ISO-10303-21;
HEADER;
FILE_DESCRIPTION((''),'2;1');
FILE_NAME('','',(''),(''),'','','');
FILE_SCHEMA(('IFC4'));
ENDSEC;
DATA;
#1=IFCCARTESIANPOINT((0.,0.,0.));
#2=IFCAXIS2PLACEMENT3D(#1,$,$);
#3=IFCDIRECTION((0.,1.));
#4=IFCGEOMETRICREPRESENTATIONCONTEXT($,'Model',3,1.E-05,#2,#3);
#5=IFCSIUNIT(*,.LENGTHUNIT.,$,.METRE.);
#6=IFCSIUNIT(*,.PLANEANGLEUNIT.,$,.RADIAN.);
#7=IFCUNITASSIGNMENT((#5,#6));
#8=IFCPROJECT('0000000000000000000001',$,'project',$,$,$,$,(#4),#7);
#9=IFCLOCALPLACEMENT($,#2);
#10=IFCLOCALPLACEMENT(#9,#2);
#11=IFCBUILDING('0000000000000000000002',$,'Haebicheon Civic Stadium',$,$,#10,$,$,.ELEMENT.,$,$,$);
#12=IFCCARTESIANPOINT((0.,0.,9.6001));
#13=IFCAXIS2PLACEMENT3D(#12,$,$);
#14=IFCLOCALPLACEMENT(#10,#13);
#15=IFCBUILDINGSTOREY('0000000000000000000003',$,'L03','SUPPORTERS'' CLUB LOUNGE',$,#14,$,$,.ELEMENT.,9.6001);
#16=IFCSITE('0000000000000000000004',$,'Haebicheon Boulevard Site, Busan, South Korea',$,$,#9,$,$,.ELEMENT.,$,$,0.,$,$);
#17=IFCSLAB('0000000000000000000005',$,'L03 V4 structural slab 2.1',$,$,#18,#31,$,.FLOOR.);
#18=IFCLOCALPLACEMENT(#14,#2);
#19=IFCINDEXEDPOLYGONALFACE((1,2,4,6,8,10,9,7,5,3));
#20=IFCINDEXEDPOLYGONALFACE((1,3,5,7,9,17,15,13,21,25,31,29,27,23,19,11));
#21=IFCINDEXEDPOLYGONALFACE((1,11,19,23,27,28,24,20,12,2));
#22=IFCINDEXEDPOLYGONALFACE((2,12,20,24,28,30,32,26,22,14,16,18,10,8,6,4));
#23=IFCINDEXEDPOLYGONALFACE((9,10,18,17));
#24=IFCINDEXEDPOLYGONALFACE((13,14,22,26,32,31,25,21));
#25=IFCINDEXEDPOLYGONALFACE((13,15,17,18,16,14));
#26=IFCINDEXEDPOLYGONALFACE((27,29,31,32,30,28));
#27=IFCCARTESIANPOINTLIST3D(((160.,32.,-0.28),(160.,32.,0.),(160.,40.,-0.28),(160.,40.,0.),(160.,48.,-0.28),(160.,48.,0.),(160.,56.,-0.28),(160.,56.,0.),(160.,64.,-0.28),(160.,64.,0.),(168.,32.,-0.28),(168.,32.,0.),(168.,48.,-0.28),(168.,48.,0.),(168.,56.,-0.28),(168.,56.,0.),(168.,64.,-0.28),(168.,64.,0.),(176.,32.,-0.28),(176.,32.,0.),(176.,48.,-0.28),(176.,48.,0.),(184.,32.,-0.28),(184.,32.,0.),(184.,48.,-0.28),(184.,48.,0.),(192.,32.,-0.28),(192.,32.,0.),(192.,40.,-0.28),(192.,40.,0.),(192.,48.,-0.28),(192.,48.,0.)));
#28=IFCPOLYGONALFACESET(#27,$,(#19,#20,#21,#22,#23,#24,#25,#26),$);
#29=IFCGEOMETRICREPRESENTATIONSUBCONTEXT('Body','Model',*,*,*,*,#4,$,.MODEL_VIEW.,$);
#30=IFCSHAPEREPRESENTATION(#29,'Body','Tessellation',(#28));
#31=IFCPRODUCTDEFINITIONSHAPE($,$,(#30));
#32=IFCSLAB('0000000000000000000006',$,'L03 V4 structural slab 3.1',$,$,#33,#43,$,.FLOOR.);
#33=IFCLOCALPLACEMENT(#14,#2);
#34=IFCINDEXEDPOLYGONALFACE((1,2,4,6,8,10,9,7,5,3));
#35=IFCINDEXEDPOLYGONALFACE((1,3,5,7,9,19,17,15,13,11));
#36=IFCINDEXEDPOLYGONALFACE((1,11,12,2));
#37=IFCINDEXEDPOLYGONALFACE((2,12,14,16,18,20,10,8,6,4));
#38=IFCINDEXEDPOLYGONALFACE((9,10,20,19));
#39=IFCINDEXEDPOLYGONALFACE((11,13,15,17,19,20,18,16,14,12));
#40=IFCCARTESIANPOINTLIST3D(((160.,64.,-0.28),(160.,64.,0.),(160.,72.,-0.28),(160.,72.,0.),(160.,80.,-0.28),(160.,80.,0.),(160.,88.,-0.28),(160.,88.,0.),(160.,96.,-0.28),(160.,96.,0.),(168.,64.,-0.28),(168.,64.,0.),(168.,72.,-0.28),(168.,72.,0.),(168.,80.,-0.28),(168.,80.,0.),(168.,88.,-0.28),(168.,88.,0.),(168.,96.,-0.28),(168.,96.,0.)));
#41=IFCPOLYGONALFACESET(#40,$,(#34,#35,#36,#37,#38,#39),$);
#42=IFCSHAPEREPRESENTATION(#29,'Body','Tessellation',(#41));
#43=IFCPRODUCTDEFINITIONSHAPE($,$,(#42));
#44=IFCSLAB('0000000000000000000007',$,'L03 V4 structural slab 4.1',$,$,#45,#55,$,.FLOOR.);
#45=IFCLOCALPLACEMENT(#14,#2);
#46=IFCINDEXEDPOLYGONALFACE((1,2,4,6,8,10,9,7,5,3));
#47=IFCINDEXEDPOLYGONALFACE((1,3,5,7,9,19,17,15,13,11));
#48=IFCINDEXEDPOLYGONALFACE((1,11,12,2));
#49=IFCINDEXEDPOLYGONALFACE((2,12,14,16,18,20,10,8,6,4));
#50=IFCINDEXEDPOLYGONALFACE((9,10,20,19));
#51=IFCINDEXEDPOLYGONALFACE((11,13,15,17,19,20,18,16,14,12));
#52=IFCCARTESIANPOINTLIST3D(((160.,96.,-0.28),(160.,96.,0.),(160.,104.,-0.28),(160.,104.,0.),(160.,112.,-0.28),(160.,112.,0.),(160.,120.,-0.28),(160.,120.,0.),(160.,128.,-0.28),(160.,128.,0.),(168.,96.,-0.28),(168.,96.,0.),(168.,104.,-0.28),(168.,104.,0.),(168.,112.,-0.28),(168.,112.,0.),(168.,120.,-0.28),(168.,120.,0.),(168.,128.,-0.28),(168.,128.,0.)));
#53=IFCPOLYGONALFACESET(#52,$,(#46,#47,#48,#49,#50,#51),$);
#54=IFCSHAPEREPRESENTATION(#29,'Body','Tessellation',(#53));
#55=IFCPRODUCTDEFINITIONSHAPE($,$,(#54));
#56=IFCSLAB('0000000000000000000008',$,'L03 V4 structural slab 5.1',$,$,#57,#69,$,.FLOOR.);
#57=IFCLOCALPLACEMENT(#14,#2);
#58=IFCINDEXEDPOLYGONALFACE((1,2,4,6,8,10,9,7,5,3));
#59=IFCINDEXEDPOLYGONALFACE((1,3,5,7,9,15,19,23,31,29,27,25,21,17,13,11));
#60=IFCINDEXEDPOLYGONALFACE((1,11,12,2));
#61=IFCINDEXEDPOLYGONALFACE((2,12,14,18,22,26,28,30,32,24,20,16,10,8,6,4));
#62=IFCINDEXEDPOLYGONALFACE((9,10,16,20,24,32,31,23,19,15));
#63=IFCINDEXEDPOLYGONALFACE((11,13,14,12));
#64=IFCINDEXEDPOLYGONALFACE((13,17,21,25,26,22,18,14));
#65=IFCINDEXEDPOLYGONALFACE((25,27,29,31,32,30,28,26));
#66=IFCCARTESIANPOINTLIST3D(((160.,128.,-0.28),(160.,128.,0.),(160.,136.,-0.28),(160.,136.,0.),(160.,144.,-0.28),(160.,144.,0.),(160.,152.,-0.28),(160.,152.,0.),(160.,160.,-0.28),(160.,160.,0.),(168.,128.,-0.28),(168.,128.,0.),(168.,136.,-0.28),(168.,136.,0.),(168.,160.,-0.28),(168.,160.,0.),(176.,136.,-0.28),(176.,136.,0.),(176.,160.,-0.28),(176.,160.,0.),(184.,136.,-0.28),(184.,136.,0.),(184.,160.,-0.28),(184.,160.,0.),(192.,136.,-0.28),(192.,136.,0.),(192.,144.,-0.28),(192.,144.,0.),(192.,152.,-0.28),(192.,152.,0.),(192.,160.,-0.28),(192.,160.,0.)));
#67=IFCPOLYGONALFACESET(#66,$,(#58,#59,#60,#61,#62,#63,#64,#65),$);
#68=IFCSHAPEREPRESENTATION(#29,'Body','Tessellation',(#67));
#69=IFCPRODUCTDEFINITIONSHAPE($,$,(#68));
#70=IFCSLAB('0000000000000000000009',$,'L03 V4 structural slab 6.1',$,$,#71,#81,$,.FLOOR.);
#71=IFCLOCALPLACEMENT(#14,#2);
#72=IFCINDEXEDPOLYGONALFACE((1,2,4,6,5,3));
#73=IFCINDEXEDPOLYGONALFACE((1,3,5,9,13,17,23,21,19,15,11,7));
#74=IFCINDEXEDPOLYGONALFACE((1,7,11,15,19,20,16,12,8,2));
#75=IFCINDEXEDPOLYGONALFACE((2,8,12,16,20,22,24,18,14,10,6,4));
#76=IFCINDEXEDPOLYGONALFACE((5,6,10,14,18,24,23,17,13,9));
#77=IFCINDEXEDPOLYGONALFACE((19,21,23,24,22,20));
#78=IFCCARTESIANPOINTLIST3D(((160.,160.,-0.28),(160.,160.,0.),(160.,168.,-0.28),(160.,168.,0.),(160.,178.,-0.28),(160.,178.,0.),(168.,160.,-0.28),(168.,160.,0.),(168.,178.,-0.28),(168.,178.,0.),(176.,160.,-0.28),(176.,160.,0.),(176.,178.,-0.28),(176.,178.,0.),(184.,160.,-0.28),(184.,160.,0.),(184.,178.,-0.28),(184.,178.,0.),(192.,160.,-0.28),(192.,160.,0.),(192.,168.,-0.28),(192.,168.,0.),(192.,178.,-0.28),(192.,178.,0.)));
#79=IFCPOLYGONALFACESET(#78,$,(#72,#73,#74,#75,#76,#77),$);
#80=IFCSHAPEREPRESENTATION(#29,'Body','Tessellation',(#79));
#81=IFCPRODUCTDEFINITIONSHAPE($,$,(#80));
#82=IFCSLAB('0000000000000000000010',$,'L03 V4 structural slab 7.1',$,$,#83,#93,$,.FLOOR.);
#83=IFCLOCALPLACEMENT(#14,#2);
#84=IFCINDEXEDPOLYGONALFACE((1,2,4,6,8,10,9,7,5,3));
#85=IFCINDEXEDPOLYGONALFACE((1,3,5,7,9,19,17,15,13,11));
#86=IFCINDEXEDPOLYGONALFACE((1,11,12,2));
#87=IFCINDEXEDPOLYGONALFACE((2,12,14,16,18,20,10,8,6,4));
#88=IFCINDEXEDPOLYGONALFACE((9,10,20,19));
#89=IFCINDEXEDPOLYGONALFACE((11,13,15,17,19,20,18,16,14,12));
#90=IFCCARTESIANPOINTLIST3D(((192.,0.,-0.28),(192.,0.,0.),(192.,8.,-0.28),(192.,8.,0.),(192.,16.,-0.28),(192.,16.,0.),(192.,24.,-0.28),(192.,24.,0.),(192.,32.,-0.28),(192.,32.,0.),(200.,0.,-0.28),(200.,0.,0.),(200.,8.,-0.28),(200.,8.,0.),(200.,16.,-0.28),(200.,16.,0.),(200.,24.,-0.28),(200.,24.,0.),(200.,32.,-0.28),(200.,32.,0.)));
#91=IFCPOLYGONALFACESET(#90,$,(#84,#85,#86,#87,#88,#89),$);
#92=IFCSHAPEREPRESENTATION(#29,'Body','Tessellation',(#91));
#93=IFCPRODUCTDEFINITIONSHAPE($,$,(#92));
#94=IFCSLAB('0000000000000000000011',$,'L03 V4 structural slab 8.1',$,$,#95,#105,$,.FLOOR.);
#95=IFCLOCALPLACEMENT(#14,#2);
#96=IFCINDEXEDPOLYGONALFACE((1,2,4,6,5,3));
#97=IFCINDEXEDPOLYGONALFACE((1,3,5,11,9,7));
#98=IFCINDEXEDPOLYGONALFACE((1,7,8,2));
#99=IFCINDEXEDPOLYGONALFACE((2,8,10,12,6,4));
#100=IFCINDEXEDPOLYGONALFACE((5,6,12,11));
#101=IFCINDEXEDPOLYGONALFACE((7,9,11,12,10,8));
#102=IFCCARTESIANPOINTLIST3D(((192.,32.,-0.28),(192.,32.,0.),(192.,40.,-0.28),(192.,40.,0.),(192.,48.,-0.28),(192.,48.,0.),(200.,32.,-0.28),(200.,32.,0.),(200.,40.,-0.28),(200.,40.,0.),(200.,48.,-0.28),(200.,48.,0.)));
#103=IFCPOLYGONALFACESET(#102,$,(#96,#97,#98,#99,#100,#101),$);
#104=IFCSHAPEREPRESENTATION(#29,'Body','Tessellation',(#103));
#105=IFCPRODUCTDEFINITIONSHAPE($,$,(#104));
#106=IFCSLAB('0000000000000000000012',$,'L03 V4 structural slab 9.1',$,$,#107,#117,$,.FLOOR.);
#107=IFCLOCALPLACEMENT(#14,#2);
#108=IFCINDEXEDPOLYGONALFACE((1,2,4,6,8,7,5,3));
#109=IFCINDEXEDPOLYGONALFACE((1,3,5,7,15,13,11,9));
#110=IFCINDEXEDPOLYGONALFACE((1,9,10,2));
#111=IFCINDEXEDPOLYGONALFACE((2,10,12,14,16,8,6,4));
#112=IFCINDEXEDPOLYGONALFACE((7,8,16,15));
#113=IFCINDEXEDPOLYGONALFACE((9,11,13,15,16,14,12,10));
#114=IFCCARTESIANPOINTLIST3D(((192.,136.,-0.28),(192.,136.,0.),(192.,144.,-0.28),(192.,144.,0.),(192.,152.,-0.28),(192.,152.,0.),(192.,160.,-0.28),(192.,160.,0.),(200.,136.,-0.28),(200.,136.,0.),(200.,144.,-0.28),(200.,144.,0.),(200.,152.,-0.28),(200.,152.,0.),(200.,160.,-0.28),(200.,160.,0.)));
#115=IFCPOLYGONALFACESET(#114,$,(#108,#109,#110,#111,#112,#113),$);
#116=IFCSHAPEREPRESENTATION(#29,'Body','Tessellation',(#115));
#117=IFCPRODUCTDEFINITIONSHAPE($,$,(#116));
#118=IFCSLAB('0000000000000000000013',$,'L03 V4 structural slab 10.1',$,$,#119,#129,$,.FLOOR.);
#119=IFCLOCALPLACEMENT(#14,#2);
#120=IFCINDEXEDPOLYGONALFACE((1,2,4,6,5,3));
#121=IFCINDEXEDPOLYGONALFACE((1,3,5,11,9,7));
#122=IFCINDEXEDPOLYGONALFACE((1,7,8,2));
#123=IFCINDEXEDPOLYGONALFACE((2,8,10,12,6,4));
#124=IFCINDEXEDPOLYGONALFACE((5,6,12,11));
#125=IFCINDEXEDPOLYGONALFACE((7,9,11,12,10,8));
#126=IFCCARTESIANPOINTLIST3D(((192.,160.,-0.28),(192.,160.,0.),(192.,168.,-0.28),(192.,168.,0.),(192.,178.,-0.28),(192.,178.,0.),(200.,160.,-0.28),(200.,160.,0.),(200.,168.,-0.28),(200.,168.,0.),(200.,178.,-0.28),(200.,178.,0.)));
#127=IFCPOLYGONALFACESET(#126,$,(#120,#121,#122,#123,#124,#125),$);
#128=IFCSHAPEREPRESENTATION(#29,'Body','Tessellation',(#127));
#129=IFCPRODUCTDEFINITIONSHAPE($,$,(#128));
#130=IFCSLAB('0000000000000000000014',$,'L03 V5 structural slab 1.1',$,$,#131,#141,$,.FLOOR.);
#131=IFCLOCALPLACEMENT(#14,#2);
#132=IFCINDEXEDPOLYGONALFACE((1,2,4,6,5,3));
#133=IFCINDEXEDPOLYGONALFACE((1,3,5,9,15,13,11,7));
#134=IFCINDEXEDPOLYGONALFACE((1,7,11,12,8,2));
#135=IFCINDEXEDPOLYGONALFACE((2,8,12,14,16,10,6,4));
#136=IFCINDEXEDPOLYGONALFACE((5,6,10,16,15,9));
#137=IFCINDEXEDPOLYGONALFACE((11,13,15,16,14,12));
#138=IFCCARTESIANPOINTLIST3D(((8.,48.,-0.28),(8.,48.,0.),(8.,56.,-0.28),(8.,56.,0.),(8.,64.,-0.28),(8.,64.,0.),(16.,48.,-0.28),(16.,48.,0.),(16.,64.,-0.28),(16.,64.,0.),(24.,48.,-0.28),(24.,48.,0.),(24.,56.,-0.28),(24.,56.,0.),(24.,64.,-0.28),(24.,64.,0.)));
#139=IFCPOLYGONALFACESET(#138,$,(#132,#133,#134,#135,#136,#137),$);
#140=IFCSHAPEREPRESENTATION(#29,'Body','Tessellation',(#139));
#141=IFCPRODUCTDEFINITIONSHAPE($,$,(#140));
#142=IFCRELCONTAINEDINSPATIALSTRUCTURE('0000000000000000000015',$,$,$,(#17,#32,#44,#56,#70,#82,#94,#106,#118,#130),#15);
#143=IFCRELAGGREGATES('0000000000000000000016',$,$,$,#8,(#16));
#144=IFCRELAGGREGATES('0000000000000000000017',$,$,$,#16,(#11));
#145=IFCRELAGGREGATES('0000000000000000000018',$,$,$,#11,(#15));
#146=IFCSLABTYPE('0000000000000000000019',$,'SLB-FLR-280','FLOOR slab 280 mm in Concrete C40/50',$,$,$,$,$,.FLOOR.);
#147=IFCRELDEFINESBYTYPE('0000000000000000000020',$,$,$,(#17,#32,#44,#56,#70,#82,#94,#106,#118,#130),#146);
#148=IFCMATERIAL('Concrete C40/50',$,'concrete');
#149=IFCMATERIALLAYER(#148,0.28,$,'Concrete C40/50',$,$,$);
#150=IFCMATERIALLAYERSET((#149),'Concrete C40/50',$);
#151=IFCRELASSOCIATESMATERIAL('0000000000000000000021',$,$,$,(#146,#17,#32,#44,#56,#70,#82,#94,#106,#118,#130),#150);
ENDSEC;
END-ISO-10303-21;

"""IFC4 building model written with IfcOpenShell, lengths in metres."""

from ifc_helpers import new_model, si_unit, direction, frame, origin, place, context, subcontext, project, spatial, polyline, outline, extrude, material, layer, layer_set, type_object, element, save


model = new_model("IFC4")

# Units and contexts
model_context = context("Model", 3, precision=1e-05, world=origin(), true_north=direction((0.0, 1.0)))
body_context = subcontext(model_context, "Body", "Model", "MODEL_VIEW")
ifc_project = project(units=[si_unit("LENGTHUNIT", "METRE"), si_unit("PLANEANGLEUNIT", "RADIAN")], contexts=[model_context])

# Site, building, storey
site_placement = place(None, origin())
site = spatial("IfcSite", under=ifc_project, at=site_placement, Name="Haebicheon Boulevard Site, Busan, South Korea", CompositionType="ELEMENT", RefElevation=0.0)
building_placement = place(site_placement, origin())
building = spatial("IfcBuilding", under=site, at=building_placement, Name="Haebicheon Civic Stadium", CompositionType="ELEMENT")
storey_placement = place(building_placement, frame((0.0, 0.0, 9.6001)))
storey = spatial("IfcBuildingStorey", under=building, at=storey_placement, Name="L03", Description="SUPPORTERS' CLUB LOUNGE", CompositionType="ELEMENT", Elevation=9.6001)

# Slabs
ifc_material_1 = material(Name="Concrete C40/50", Category="concrete")
ifc_layer_1 = layer(ifc_material_1, 0.28, Name="Concrete C40/50")
ifc_layer_set_1 = layer_set([ifc_layer_1], Name="Concrete C40/50")
slab_type_1 = type_object("IfcSlabType", Name="SLB-FLR-280", Description="FLOOR slab 280 mm in Concrete C40/50", PredefinedType="FLOOR", material=ifc_layer_set_1)
slab_1_placement = place(storey_placement, frame((0.0, 0.0, -0.28)))
element("IfcSlab", 1, at=slab_1_placement, inside=storey, type_object=slab_type_1, material=ifc_layer_set_1, Name="L03 V4 structural slab 2.1", PredefinedType="FLOOR", context=body_context, shape_type="SweptSolid", body=[
    extrude(outline(polyline([(160.0, 48.0), (160.0, 56.0), (160.0, 64.0), (168.0, 64.0), (168.0, 56.0), (168.0, 48.0), (176.0, 48.0), (184.0, 48.0), (192.0, 48.0), (192.0, 40.0), (192.0, 32.0), (184.0, 32.0), (176.0, 32.0), (168.0, 32.0), (160.0, 32.0), (160.0, 40.0), (160.0, 48.0)])), origin(), (0.0, 0.0, 1.0), 0.28),
])
slab_2_placement = place(storey_placement, frame((0.0, 0.0, -0.28)))
element("IfcSlab", 2, at=slab_2_placement, inside=storey, type_object=slab_type_1, material=ifc_layer_set_1, Name="L03 V4 structural slab 3.1", PredefinedType="FLOOR", context=body_context, shape_type="SweptSolid", body=[
    extrude(outline(polyline([(160.0, 64.0), (160.0, 72.0), (160.0, 80.0), (160.0, 88.0), (160.0, 96.0), (168.0, 96.0), (168.0, 88.0), (168.0, 80.0), (168.0, 72.0), (168.0, 64.0), (160.0, 64.0)])), origin(), (0.0, 0.0, 1.0), 0.28),
])
slab_3_placement = place(storey_placement, frame((0.0, 0.0, -0.28)))
element("IfcSlab", 3, at=slab_3_placement, inside=storey, type_object=slab_type_1, material=ifc_layer_set_1, Name="L03 V4 structural slab 4.1", PredefinedType="FLOOR", context=body_context, shape_type="SweptSolid", body=[
    extrude(outline(polyline([(160.0, 96.0), (160.0, 104.0), (160.0, 112.0), (160.0, 120.0), (160.0, 128.0), (168.0, 128.0), (168.0, 120.0), (168.0, 112.0), (168.0, 104.0), (168.0, 96.0), (160.0, 96.0)])), origin(), (0.0, 0.0, 1.0), 0.28),
])
slab_4_placement = place(storey_placement, frame((0.0, 0.0, -0.28)))
element("IfcSlab", 4, at=slab_4_placement, inside=storey, type_object=slab_type_1, material=ifc_layer_set_1, Name="L03 V4 structural slab 5.1", PredefinedType="FLOOR", context=body_context, shape_type="SweptSolid", body=[
    extrude(outline(polyline([(160.0, 136.0), (160.0, 144.0), (160.0, 152.0), (160.0, 160.0), (168.0, 160.0), (176.0, 160.0), (184.0, 160.0), (192.0, 160.0), (192.0, 152.0), (192.0, 144.0), (192.0, 136.0), (184.0, 136.0), (176.0, 136.0), (168.0, 136.0), (168.0, 128.0), (160.0, 128.0), (160.0, 136.0)])), origin(), (0.0, 0.0, 1.0), 0.28),
])
slab_5_placement = place(storey_placement, frame((0.0, 0.0, -0.28)))
element("IfcSlab", 5, at=slab_5_placement, inside=storey, type_object=slab_type_1, material=ifc_layer_set_1, Name="L03 V4 structural slab 6.1", PredefinedType="FLOOR", context=body_context, shape_type="SweptSolid", body=[
    extrude(outline(polyline([(192.0, 160.0), (184.0, 160.0), (176.0, 160.0), (168.0, 160.0), (160.0, 160.0), (160.0, 168.0), (160.0, 178.0), (168.0, 178.0), (176.0, 178.0), (184.0, 178.0), (192.0, 178.0), (192.0, 168.0), (192.0, 160.0)])), origin(), (0.0, 0.0, 1.0), 0.28),
])
slab_6_placement = place(storey_placement, frame((0.0, 0.0, -0.28)))
element("IfcSlab", 6, at=slab_6_placement, inside=storey, type_object=slab_type_1, material=ifc_layer_set_1, Name="L03 V4 structural slab 7.1", PredefinedType="FLOOR", context=body_context, shape_type="SweptSolid", body=[
    extrude(outline(polyline([(192.0, 0.0), (192.0, 8.0), (192.0, 16.0), (192.0, 24.0), (192.0, 32.0), (200.0, 32.0), (200.0, 24.0), (200.0, 16.0), (200.0, 8.0), (200.0, 0.0), (192.0, 0.0)])), origin(), (0.0, 0.0, 1.0), 0.28),
])
slab_7_placement = place(storey_placement, frame((0.0, 0.0, -0.28)))
element("IfcSlab", 7, at=slab_7_placement, inside=storey, type_object=slab_type_1, material=ifc_layer_set_1, Name="L03 V4 structural slab 8.1", PredefinedType="FLOOR", context=body_context, shape_type="SweptSolid", body=[
    extrude(outline(polyline([(200.0, 32.0), (192.0, 32.0), (192.0, 40.0), (192.0, 48.0), (200.0, 48.0), (200.0, 40.0), (200.0, 32.0)])), origin(), (0.0, 0.0, 1.0), 0.28),
])
slab_8_placement = place(storey_placement, frame((0.0, 0.0, -0.28)))
element("IfcSlab", 8, at=slab_8_placement, inside=storey, type_object=slab_type_1, material=ifc_layer_set_1, Name="L03 V4 structural slab 9.1", PredefinedType="FLOOR", context=body_context, shape_type="SweptSolid", body=[
    extrude(outline(polyline([(200.0, 136.0), (192.0, 136.0), (192.0, 144.0), (192.0, 152.0), (192.0, 160.0), (200.0, 160.0), (200.0, 152.0), (200.0, 144.0), (200.0, 136.0)])), origin(), (0.0, 0.0, 1.0), 0.28),
])
slab_9_placement = place(storey_placement, frame((0.0, 0.0, -0.28)))
element("IfcSlab", 9, at=slab_9_placement, inside=storey, type_object=slab_type_1, material=ifc_layer_set_1, Name="L03 V4 structural slab 10.1", PredefinedType="FLOOR", context=body_context, shape_type="SweptSolid", body=[
    extrude(outline(polyline([(200.0, 160.0), (192.0, 160.0), (192.0, 168.0), (192.0, 178.0), (200.0, 178.0), (200.0, 168.0), (200.0, 160.0)])), origin(), (0.0, 0.0, 1.0), 0.28),
])
slab_10_placement = place(storey_placement, frame((0.0, 0.0, -0.28)))
element("IfcSlab", 10, at=slab_10_placement, inside=storey, type_object=slab_type_1, material=ifc_layer_set_1, Name="L03 V5 structural slab 1.1", PredefinedType="FLOOR", context=body_context, shape_type="SweptSolid", body=[
    extrude(outline(polyline([(8.0, 56.0), (8.0, 64.0), (16.0, 64.0), (24.0, 64.0), (24.0, 56.0), (24.0, 48.0), (16.0, 48.0), (8.0, 48.0), (8.0, 56.0)])), origin(), (0.0, 0.0, 1.0), 0.28),
])

save(model, "model.ifc")
